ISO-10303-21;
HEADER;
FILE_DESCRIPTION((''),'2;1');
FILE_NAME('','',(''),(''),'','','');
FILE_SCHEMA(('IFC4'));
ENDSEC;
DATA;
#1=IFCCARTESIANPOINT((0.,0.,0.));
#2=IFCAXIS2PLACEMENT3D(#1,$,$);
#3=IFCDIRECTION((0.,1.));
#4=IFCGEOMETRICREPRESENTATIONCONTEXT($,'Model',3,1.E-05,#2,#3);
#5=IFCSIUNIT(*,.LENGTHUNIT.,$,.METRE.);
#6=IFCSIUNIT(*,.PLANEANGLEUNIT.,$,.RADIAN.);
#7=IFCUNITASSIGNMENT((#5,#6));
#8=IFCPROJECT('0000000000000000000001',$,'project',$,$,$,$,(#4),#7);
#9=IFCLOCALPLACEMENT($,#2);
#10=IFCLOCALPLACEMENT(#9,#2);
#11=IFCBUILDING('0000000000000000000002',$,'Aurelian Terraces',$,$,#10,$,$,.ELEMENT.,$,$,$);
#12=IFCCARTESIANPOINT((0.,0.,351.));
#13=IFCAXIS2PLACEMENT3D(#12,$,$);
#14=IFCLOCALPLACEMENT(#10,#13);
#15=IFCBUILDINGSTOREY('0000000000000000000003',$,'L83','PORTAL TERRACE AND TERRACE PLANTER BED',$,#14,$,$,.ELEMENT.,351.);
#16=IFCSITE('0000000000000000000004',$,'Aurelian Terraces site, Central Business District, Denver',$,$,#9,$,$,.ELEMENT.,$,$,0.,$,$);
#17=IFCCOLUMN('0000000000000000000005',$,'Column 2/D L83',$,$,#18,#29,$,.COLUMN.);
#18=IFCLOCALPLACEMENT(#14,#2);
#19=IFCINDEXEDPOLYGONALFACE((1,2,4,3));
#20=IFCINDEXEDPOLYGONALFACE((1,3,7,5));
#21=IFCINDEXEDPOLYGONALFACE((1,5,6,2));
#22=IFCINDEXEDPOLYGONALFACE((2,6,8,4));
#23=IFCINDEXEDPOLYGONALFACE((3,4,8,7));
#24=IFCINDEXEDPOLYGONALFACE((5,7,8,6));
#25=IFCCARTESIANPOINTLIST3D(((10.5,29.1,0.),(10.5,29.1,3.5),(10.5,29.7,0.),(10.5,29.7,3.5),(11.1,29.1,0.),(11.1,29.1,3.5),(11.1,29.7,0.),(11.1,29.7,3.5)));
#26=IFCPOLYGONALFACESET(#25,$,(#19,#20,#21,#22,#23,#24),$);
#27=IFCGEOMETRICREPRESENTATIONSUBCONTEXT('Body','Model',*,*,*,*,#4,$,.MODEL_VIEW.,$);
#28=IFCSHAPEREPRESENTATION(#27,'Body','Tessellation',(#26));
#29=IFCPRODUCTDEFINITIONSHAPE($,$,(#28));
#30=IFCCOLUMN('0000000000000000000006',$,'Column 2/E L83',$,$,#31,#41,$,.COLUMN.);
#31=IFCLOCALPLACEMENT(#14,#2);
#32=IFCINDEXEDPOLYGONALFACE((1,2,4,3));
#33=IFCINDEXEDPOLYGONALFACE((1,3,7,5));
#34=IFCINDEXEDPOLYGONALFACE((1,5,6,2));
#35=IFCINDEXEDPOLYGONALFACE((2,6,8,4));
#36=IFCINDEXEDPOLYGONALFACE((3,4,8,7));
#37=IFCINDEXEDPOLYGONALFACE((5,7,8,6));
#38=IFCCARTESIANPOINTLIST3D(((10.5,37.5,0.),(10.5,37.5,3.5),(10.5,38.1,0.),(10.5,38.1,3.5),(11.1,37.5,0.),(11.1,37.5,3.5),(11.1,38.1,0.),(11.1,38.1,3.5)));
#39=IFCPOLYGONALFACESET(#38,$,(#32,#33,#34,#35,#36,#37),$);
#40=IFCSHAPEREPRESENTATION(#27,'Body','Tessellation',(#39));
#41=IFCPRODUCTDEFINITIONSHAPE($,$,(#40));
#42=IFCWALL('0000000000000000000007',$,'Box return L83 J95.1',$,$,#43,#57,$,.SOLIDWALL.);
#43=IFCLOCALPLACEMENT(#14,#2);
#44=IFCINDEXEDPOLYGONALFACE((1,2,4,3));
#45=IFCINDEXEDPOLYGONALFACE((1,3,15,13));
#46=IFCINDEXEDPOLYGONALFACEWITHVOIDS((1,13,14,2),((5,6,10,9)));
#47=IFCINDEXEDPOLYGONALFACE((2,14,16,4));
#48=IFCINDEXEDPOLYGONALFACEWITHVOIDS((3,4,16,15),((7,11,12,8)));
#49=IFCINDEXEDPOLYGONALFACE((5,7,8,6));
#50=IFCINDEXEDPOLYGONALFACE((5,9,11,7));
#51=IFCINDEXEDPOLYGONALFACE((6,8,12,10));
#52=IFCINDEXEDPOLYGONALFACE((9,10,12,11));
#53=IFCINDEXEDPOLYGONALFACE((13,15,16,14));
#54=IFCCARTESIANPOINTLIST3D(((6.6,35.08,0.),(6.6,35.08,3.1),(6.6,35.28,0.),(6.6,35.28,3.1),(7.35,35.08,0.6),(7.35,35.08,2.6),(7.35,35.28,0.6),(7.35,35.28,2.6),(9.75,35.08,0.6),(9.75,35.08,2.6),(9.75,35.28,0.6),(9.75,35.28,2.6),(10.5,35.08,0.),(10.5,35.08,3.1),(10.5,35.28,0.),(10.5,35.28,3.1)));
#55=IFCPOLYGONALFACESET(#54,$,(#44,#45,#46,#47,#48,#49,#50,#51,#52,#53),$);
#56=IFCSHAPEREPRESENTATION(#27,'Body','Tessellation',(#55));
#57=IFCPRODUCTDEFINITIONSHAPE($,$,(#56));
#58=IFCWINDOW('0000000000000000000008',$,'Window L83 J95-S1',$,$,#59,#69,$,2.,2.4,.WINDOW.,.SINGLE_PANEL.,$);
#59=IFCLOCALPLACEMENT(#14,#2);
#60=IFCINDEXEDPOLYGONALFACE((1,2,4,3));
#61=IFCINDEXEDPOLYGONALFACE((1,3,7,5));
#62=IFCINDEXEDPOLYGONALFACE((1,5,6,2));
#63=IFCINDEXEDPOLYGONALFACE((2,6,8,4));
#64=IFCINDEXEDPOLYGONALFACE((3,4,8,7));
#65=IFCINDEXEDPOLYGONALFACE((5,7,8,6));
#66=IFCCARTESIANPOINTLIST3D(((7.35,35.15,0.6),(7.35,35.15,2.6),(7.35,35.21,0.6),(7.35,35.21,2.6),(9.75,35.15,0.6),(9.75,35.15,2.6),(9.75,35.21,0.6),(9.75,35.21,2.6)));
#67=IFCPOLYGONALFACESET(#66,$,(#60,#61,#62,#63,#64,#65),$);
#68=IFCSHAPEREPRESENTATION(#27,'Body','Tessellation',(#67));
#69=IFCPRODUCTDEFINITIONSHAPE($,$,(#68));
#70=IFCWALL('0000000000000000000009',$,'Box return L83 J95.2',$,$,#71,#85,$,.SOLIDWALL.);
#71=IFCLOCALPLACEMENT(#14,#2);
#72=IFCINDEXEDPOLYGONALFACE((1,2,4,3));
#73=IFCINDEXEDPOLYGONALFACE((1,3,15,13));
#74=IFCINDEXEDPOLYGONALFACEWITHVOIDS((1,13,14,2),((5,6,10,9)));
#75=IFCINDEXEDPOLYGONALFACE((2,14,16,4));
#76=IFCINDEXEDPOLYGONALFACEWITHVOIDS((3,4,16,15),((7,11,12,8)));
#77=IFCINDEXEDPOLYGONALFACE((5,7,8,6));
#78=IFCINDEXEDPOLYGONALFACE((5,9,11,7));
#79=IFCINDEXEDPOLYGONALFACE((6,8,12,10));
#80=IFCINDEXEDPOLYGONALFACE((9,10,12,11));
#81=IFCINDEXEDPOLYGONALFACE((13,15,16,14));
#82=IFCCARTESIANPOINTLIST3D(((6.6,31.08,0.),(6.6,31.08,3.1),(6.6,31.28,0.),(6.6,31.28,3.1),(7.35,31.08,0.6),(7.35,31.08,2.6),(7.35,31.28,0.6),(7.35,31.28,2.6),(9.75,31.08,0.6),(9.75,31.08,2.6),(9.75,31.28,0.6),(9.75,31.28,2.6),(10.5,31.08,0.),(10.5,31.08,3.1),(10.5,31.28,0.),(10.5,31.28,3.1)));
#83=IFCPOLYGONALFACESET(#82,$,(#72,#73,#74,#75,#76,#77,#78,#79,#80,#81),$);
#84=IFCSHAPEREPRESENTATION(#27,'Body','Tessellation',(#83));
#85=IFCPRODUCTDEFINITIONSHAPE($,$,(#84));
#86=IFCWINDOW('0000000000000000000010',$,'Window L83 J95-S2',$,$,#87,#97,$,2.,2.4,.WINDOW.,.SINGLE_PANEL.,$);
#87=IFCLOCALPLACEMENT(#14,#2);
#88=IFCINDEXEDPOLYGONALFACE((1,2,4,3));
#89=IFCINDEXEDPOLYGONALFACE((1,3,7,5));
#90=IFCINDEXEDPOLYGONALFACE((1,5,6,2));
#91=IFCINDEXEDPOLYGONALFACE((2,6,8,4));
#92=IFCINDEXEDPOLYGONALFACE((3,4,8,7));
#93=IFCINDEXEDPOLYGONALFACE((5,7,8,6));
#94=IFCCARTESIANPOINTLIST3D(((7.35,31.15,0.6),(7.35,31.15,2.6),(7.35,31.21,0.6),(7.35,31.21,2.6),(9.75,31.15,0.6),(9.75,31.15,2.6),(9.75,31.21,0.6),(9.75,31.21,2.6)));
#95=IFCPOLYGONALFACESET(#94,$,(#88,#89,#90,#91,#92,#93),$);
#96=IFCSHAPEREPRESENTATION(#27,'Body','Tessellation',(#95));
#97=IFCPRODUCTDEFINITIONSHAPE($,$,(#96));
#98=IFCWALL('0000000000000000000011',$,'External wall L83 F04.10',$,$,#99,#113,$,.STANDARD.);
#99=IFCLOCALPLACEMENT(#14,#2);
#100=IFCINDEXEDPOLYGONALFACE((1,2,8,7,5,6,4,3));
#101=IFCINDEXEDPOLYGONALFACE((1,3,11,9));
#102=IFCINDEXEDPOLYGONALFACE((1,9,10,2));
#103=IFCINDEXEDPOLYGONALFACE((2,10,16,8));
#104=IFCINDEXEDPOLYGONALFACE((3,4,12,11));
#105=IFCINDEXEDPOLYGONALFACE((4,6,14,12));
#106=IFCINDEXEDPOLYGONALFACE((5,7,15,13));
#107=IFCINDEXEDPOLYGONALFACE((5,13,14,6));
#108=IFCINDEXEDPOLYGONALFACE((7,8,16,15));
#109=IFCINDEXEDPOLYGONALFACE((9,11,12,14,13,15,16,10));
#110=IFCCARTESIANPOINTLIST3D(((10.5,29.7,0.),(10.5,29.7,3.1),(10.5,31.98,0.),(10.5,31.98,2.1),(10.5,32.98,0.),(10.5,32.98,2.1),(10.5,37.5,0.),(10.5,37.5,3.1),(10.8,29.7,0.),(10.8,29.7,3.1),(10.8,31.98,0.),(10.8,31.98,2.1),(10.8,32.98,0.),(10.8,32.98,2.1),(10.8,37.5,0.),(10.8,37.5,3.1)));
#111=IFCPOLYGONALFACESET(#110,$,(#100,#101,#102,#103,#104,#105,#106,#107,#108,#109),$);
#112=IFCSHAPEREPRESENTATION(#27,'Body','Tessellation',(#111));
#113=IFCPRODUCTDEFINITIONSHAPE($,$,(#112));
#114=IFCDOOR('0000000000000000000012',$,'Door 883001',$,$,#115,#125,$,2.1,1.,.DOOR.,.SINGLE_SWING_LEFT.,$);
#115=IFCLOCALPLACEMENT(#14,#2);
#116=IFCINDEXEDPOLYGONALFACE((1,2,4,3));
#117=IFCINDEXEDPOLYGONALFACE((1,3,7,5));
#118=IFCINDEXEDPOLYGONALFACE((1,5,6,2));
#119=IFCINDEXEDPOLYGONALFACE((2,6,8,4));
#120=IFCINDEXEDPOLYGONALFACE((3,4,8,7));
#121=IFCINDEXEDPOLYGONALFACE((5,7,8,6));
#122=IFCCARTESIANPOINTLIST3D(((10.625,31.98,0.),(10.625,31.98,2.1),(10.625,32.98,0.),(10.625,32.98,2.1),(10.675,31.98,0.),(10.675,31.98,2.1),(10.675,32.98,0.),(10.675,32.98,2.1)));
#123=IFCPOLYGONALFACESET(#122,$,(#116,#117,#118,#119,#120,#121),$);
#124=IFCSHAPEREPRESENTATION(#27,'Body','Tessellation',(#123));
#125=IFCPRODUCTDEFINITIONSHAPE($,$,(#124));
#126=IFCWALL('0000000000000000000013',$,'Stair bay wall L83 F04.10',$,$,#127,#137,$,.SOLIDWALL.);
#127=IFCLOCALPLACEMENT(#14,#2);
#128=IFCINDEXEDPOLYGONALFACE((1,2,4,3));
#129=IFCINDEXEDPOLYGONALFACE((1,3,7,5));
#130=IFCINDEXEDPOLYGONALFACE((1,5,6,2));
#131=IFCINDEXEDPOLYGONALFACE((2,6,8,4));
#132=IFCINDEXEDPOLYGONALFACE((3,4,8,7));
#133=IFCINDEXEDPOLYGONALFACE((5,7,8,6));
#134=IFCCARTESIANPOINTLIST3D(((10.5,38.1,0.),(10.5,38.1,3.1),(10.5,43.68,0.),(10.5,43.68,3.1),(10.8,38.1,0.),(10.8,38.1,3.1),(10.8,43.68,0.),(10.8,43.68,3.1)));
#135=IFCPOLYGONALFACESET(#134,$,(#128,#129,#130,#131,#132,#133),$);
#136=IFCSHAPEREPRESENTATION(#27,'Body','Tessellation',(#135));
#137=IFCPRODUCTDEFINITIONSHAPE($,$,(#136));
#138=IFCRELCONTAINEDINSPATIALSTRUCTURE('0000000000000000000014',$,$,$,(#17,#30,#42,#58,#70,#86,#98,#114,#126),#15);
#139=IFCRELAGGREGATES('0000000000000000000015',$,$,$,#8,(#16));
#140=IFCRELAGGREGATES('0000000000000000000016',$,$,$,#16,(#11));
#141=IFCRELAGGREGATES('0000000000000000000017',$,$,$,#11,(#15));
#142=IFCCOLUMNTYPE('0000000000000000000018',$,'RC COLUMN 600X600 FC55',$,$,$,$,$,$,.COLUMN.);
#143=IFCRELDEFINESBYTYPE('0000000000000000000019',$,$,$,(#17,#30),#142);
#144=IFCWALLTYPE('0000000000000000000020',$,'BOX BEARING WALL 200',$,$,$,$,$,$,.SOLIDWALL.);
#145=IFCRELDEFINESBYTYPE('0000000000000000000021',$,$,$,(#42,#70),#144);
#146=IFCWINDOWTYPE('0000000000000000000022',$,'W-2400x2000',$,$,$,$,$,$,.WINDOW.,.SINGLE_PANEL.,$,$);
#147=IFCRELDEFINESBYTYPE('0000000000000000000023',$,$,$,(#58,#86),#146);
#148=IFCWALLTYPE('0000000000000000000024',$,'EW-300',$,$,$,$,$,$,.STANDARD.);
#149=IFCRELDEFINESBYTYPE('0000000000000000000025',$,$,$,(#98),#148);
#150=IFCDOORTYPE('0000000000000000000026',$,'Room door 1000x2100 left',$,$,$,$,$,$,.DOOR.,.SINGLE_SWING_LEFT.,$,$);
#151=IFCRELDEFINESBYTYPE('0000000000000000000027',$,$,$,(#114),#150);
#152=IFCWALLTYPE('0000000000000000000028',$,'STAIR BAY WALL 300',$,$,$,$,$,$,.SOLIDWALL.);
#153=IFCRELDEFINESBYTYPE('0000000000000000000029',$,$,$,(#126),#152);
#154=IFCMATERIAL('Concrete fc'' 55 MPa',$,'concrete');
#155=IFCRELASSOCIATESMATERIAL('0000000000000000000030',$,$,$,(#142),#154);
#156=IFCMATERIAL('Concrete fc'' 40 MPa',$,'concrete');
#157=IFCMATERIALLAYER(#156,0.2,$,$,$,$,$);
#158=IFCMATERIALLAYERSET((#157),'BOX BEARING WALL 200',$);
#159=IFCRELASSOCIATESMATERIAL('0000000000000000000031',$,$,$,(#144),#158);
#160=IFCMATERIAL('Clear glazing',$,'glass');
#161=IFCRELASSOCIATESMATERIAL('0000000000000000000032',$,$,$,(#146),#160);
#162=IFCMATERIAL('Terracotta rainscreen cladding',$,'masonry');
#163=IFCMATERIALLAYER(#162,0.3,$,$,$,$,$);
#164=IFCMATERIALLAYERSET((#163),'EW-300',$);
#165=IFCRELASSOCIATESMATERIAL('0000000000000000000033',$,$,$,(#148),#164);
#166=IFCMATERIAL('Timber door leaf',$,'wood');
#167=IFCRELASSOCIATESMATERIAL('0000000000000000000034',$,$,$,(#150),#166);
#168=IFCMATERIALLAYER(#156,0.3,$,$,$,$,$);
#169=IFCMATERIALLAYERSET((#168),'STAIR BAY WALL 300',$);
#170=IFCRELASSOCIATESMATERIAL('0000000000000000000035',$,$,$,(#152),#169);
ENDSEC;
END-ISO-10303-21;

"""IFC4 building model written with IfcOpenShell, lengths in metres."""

from ifc_helpers import new_model, si_unit, direction, frame, frame_2d, origin, origin_2d, place, context, subcontext, project, spatial, rectangle, extrude, source, transform, mapped, material, layer, layer_set, material_profile, profile_set, type_object, element, fill, save


model = new_model("IFC4")

# Units and contexts
model_context = context("Model", 3, precision=1e-05, world=origin(), true_north=direction((0.0, 1.0)))
body_context = subcontext(model_context, "Body", "Model", "MODEL_VIEW")
ifc_project = project(units=[si_unit("LENGTHUNIT", "METRE"), si_unit("PLANEANGLEUNIT", "RADIAN")], contexts=[model_context])

# Site, building, storey
site_placement = place(None, origin())
site = spatial("IfcSite", under=ifc_project, at=site_placement, Name="Aurelian Terraces site, Central Business District, Denver", CompositionType="ELEMENT", RefElevation=0.0)
building_placement = place(site_placement, origin())
building = spatial("IfcBuilding", under=site, at=building_placement, Name="Aurelian Terraces", CompositionType="ELEMENT")
storey_placement = place(building_placement, frame((0.0, 0.0, 351.0)))
storey = spatial("IfcBuildingStorey", under=building, at=storey_placement, Name="L83", Description="PORTAL TERRACE AND TERRACE PLANTER BED", CompositionType="ELEMENT", Elevation=351.0)

# Columns
ifc_material_1 = material(Name="Concrete fc' 55 MPa", Category="concrete")
ifc_material_profile = material_profile(ifc_material_1, rectangle(XDim=0.6, YDim=0.6, at=origin_2d()))
ifc_profile_set = profile_set([ifc_material_profile], Name="Concrete fc' 55 MPa")
column_type = type_object("IfcColumnType", Name="RC COLUMN 600X600 FC55", PredefinedType="COLUMN", material=ifc_profile_set)
shared_shape_1 = source(origin(), body_context, "Body", "SweptSolid", [
    extrude(rectangle(XDim=0.6, YDim=0.6, at=origin_2d()), origin(), (0.0, 0.0, 1.0), 3.5),
])
for number, where, z_axis, x_axis, name in (
    (1, (10.8, 29.4, 0.0), (0.0, 0.0, 1.0), (1.0, 0.0, 0.0), "Column 2/D L83"),
    (2, (10.8, 37.8, 0.0), (0.0, 0.0, 1.0), (1.0, 0.0, 0.0), "Column 2/E L83"),
):
    element("IfcColumn", number, at=place(storey_placement, frame(where, z_axis=z_axis, x_axis=x_axis)), inside=storey, type_object=column_type, Name=name, PredefinedType="COLUMN", context=body_context, shape_type="MappedRepresentation", body=[
        mapped(shared_shape_1, transform((0.0, 0.0, 0.0), scale=1.0)),
    ])

# Walls, openings, windows
ifc_material_2 = material(Name="Concrete fc' 40 MPa", Category="concrete")
ifc_layer_1 = layer(ifc_material_2, 0.2)
ifc_layer_set_1 = layer_set([ifc_layer_1], Name="BOX BEARING WALL 200")
wall_type_1 = type_object("IfcWallType", Name="BOX BEARING WALL 200", PredefinedType="SOLIDWALL", material=ifc_layer_set_1)
shared_shape_2 = source(origin(), body_context, "Body", "SweptSolid", [
    extrude(rectangle(XDim=3.9, YDim=0.2, at=frame_2d((1.95, 0.0))), origin(), (0.0, 0.0, 1.0), 3.1),
])
wall_1_placement = place(storey_placement, frame((10.5, 35.18, 0.0), z_axis=(0.0, 0.0, 1.0), x_axis=(-1.0, 0.0, 0.0)))
wall_1 = element("IfcWall", 3, at=wall_1_placement, inside=storey, type_object=wall_type_1, Name="Box return L83 J95.1", PredefinedType="SOLIDWALL", context=body_context, shape_type="MappedRepresentation", body=[
    mapped(shared_shape_2, transform((0.0, 0.0, 0.0), scale=1.0)),
])
shared_shape_3 = source(origin(), body_context, "Body", "SweptSolid", [
    extrude(rectangle(XDim=2.4, YDim=2.0, at=frame_2d((1.2, 1.0))), frame((0.0, 0.11, 0.0), z_axis=(0.0, -1.0, 0.0), x_axis=(1.0, 0.0, 0.0)), (0.0, 0.0, 1.0), 0.22),
])
opening_1_placement = place(wall_1_placement, frame((0.75, 0.0, 0.6)))
opening_1 = element("IfcOpeningElement", 4, at=opening_1_placement, cuts=wall_1, PredefinedType="OPENING", context=body_context, shape_type="MappedRepresentation", body=[
    mapped(shared_shape_3, transform((0.0, 0.0, 0.0), scale=1.0)),
])
ifc_material_3 = material(Name="Clear glazing", Category="glass")
window_type_1 = type_object("IfcWindowType", Name="W-2400x2000", PartitioningType="SINGLE_PANEL", PredefinedType="WINDOW", material=ifc_material_3)
shared_shape_4 = source(origin(), body_context, "Body", "SweptSolid", [
    extrude(rectangle(XDim=2.4, YDim=2.0, at=frame_2d((1.2, 1.0))), frame((0.0, 0.03, 0.0), z_axis=(0.0, -1.0, 0.0), x_axis=(1.0, 0.0, 0.0)), (0.0, 0.0, 1.0), 0.06),
])
window_1_placement = place(opening_1_placement, origin())
window_1 = element("IfcWindow", 5, at=window_1_placement, inside=storey, type_object=window_type_1, Name="Window L83 J95-S1", OverallHeight=2.0, OverallWidth=2.4, PartitioningType="SINGLE_PANEL", PredefinedType="WINDOW", context=body_context, shape_type="MappedRepresentation", body=[
    mapped(shared_shape_4, transform((0.0, 0.0, 0.0), scale=1.0)),
])
fill(opening_1, window_1)
wall_2_placement = place(storey_placement, frame((10.5, 31.18, 0.0), z_axis=(0.0, 0.0, 1.0), x_axis=(-1.0, 0.0, 0.0)))
wall_2 = element("IfcWall", 6, at=wall_2_placement, inside=storey, type_object=wall_type_1, Name="Box return L83 J95.2", PredefinedType="SOLIDWALL", context=body_context, shape_type="MappedRepresentation", body=[
    mapped(shared_shape_2, transform((0.0, 0.0, 0.0), scale=1.0)),
])
opening_2_placement = place(wall_2_placement, frame((0.75, 0.0, 0.6)))
opening_2 = element("IfcOpeningElement", 7, at=opening_2_placement, cuts=wall_2, PredefinedType="OPENING", context=body_context, shape_type="MappedRepresentation", body=[
    mapped(shared_shape_3, transform((0.0, 0.0, 0.0), scale=1.0)),
])
window_2_placement = place(opening_2_placement, origin())
window_2 = element("IfcWindow", 8, at=window_2_placement, inside=storey, type_object=window_type_1, Name="Window L83 J95-S2", OverallHeight=2.0, OverallWidth=2.4, PartitioningType="SINGLE_PANEL", PredefinedType="WINDOW", context=body_context, shape_type="MappedRepresentation", body=[
    mapped(shared_shape_4, transform((0.0, 0.0, 0.0), scale=1.0)),
])
fill(opening_2, window_2)

# Wall, opening, door
ifc_material_4 = material(Name="Terracotta rainscreen cladding", Category="masonry")
ifc_layer_2 = layer(ifc_material_4, 0.3)
ifc_layer_set_2 = layer_set([ifc_layer_2], Name="EW-300")
wall_type_2 = type_object("IfcWallType", Name="EW-300", PredefinedType="STANDARD", material=ifc_layer_set_2)
shared_shape_5 = source(origin(), body_context, "Body", "SweptSolid", [
    extrude(rectangle(XDim=7.8, YDim=0.3, at=frame_2d((3.9, 0.0))), origin(), (0.0, 0.0, 1.0), 3.1),
])
wall_3_placement = place(storey_placement, frame((10.65, 37.5, 0.0), z_axis=(0.0, 0.0, 1.0), x_axis=(0.0, -1.0, 0.0)))
wall_3 = element("IfcWall", 9, at=wall_3_placement, inside=storey, type_object=wall_type_2, Name="External wall L83 F04.10", PredefinedType="STANDARD", context=body_context, shape_type="MappedRepresentation", body=[
    mapped(shared_shape_5, transform((0.0, 0.0, 0.0), scale=1.0)),
])
shared_shape_6 = source(origin(), body_context, "Body", "SweptSolid", [
    extrude(rectangle(XDim=1.0, YDim=2.1, at=frame_2d((0.5, 1.05))), frame((0.0, 0.16, 0.0), z_axis=(0.0, -1.0, 0.0), x_axis=(1.0, 0.0, 0.0)), (0.0, 0.0, 1.0), 0.32),
])
opening_3_placement = place(wall_3_placement, frame((4.52, 0.0, 0.0)))
opening_3 = element("IfcOpeningElement", 10, at=opening_3_placement, cuts=wall_3, PredefinedType="OPENING", context=body_context, shape_type="MappedRepresentation", body=[
    mapped(shared_shape_6, transform((0.0, 0.0, 0.0), scale=1.0)),
])
ifc_material_5 = material(Name="Timber door leaf", Category="wood")
door_type_1 = type_object("IfcDoorType", Name="Room door 1000x2100 left", OperationType="SINGLE_SWING_LEFT", PredefinedType="DOOR", material=ifc_material_5)
shared_shape_7 = source(origin(), body_context, "Body", "SweptSolid", [
    extrude(rectangle(XDim=1.0, YDim=2.1, at=frame_2d((0.5, 1.05))), frame((0.0, 0.025, 0.0), z_axis=(0.0, -1.0, 0.0), x_axis=(1.0, 0.0, 0.0)), (0.0, 0.0, 1.0), 0.05),
])
door_1_placement = place(opening_3_placement, origin())
door_1 = element("IfcDoor", 11, at=door_1_placement, inside=storey, type_object=door_type_1, Name="Door 883001", OperationType="SINGLE_SWING_LEFT", OverallHeight=2.1, OverallWidth=1.0, PredefinedType="DOOR", context=body_context, shape_type="MappedRepresentation", body=[
    mapped(shared_shape_7, transform((0.0, 0.0, 0.0), scale=1.0)),
])
fill(opening_3, door_1)

# Wall
ifc_layer_3 = layer(ifc_material_2, 0.3)
ifc_layer_set_3 = layer_set([ifc_layer_3], Name="STAIR BAY WALL 300")
wall_type_3 = type_object("IfcWallType", Name="STAIR BAY WALL 300", PredefinedType="SOLIDWALL", material=ifc_layer_set_3)
shared_shape_8 = source(origin(), body_context, "Body", "SweptSolid", [
    extrude(rectangle(XDim=5.58, YDim=0.3, at=frame_2d((2.79, 0.0))), origin(), (0.0, 0.0, 1.0), 3.1),
])
wall_4_placement = place(storey_placement, frame((10.65, 43.68, 0.0), z_axis=(0.0, 0.0, 1.0), x_axis=(0.0, -1.0, 0.0)))
element("IfcWall", 12, at=wall_4_placement, inside=storey, type_object=wall_type_3, Name="Stair bay wall L83 F04.10", PredefinedType="SOLIDWALL", context=body_context, shape_type="MappedRepresentation", body=[
    mapped(shared_shape_8, transform((0.0, 0.0, 0.0), scale=1.0)),
])

save(model, "model.ifc")
